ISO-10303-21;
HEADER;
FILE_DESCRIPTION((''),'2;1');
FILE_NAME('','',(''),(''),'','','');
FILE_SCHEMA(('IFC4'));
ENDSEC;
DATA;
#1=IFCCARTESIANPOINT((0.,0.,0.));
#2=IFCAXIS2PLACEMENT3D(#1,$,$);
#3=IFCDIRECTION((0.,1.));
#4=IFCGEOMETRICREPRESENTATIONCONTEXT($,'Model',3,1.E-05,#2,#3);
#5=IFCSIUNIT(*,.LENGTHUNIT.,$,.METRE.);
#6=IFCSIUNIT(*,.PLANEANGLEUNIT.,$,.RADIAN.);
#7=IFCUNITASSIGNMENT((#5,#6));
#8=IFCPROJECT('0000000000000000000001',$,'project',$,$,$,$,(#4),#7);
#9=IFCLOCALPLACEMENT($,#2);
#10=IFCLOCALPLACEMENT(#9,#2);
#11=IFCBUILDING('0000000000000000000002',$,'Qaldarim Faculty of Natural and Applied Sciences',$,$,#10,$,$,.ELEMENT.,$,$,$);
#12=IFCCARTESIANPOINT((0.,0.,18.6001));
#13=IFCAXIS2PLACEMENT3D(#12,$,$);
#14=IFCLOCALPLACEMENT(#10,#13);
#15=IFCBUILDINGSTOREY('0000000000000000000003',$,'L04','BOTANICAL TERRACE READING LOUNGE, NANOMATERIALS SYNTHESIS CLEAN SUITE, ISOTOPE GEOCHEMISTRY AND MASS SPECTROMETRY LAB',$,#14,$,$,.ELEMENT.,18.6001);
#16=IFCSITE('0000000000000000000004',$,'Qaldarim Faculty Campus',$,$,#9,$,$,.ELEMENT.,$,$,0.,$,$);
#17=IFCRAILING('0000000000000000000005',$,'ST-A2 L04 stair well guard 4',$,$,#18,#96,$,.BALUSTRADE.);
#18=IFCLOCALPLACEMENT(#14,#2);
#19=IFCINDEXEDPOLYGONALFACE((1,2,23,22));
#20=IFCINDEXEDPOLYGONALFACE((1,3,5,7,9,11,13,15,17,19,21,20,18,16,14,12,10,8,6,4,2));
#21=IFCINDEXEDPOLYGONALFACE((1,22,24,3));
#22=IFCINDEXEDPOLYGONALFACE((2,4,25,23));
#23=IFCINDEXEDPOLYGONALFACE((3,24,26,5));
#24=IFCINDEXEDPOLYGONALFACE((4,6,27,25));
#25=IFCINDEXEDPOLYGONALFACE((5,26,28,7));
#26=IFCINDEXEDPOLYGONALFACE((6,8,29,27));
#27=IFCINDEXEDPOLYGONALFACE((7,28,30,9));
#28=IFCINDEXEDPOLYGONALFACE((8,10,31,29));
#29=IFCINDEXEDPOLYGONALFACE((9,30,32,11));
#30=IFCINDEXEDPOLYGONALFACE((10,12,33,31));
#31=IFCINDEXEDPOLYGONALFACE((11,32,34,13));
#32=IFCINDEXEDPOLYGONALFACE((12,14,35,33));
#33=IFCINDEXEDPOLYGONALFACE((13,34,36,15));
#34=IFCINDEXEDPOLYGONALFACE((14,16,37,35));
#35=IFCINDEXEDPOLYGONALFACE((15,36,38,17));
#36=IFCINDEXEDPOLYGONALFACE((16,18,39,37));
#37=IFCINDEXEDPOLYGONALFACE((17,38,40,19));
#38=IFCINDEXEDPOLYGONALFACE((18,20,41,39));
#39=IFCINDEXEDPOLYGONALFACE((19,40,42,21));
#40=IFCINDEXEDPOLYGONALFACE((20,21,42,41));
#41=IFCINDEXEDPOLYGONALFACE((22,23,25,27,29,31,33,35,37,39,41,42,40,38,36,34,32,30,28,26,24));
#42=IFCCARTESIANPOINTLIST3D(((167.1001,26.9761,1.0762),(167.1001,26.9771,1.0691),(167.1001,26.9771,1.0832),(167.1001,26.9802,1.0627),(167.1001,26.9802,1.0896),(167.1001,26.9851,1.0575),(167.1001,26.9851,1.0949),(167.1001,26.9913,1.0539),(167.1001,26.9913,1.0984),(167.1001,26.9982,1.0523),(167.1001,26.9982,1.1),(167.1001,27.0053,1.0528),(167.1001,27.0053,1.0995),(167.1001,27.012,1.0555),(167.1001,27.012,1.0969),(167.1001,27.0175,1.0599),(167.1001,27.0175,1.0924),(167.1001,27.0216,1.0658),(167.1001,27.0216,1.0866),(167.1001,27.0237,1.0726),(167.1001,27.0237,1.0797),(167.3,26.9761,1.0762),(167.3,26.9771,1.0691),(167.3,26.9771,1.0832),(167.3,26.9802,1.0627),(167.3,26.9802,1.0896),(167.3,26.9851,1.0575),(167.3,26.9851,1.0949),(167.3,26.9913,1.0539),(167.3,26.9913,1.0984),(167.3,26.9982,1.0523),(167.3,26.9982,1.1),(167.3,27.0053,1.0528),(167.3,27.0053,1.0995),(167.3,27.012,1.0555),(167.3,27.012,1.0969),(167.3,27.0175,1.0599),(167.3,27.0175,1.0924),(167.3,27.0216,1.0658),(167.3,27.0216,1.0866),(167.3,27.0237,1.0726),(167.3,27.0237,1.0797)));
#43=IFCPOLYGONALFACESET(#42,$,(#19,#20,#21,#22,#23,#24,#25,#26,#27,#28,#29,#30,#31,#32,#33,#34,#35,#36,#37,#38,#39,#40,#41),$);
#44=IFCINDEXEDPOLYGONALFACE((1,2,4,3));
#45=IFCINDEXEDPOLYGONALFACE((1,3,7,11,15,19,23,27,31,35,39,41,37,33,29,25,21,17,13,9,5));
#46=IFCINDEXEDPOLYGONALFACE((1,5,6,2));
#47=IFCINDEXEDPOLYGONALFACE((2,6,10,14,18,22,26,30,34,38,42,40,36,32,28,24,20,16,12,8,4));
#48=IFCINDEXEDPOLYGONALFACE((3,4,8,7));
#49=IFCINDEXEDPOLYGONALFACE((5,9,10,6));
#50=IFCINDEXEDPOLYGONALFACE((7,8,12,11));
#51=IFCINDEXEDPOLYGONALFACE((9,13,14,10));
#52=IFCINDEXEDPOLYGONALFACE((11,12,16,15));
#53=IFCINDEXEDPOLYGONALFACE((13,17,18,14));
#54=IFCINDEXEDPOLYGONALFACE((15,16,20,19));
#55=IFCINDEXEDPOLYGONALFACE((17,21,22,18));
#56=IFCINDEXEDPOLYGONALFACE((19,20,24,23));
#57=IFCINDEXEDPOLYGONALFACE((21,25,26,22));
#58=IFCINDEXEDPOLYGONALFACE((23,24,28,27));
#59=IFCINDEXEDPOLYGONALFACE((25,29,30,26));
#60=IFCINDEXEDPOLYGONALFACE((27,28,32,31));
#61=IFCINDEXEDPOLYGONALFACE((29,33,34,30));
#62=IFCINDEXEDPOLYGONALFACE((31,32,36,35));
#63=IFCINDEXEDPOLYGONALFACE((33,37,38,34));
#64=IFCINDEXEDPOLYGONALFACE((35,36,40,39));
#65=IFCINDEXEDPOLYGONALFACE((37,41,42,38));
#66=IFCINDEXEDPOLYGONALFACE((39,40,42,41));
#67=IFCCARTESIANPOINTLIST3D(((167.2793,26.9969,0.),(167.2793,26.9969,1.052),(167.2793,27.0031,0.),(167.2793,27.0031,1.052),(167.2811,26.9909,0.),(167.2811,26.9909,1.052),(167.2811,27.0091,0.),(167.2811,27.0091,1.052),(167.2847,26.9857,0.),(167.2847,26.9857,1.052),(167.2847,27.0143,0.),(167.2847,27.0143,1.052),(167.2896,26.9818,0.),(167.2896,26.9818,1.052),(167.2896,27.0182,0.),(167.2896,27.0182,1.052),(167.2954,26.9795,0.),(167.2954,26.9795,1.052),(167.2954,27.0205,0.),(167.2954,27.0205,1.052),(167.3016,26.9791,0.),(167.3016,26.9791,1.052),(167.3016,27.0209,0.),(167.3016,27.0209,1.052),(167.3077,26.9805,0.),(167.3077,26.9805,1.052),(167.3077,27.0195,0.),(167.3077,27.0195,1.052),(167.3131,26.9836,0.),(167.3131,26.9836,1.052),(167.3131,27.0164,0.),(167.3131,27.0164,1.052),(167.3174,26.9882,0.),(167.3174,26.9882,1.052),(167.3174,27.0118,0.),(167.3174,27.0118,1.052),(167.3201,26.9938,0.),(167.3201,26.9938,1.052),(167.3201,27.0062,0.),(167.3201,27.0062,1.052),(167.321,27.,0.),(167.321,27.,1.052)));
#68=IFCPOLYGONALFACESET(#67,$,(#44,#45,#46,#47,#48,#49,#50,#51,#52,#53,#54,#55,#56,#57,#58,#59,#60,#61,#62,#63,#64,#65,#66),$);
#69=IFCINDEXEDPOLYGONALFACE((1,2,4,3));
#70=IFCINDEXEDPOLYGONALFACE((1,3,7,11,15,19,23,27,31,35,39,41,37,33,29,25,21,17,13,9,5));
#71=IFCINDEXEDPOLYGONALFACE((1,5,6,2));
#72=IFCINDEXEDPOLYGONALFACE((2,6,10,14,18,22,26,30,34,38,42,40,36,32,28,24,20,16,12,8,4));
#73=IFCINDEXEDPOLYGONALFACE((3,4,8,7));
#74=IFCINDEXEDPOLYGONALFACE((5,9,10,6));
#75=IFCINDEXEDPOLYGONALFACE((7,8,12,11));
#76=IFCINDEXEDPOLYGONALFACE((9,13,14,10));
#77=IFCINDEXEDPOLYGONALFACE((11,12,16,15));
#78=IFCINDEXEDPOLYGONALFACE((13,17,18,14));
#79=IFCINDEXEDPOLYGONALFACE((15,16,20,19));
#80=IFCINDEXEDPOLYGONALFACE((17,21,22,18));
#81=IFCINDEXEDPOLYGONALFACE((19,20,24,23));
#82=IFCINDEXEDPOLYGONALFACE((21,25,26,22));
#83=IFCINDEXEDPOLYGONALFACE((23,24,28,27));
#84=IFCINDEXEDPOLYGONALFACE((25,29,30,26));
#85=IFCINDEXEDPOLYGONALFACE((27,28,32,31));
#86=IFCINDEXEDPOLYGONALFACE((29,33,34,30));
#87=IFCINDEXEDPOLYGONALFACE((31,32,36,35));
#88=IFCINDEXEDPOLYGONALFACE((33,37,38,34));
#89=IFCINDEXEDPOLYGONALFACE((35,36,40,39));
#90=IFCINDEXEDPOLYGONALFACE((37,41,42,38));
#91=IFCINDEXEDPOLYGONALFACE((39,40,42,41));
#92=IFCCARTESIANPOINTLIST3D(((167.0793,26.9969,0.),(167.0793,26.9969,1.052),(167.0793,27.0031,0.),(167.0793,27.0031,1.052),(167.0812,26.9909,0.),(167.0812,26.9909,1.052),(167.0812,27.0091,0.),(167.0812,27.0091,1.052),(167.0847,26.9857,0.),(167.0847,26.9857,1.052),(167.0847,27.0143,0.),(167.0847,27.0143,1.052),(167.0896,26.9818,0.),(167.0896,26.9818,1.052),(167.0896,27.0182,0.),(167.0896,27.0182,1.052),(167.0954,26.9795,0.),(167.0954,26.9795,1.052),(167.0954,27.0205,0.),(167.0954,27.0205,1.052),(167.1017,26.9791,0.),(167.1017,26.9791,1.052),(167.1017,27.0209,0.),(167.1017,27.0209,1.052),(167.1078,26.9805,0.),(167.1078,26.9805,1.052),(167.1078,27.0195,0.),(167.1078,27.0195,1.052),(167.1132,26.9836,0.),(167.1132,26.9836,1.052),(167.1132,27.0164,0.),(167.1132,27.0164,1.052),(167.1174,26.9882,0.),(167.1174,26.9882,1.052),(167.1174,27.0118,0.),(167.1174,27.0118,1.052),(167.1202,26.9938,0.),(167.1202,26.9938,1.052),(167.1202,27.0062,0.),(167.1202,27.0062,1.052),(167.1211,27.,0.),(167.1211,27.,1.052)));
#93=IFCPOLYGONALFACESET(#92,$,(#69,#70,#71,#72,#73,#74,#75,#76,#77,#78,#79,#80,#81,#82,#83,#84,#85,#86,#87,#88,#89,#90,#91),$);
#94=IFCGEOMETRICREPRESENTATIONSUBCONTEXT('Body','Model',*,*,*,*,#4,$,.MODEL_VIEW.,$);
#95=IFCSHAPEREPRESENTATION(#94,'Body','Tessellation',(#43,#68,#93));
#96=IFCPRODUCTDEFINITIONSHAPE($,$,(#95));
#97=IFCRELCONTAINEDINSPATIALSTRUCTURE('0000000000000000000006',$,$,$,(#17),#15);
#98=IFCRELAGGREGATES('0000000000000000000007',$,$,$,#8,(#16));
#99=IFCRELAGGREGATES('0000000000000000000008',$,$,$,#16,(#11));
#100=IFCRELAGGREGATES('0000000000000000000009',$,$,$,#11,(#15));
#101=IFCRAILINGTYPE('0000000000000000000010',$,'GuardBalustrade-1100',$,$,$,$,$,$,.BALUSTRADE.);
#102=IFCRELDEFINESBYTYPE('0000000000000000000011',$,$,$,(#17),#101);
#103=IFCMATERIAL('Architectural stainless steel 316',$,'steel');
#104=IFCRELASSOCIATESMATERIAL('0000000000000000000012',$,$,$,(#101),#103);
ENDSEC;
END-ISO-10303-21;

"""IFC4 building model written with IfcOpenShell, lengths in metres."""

from ifc_helpers import new_model, si_unit, direction, frame, origin, origin_2d, place, context, subcontext, project, spatial, circle, extrude, material, type_object, element, save


model = new_model("IFC4")

# Units and contexts
model_context = context("Model", 3, precision=1e-05, world=origin(), true_north=direction((0.0, 1.0)))
body_context = subcontext(model_context, "Body", "Model", "MODEL_VIEW")
ifc_project = project(units=[si_unit("LENGTHUNIT", "METRE"), si_unit("PLANEANGLEUNIT", "RADIAN")], contexts=[model_context])

# Site, building, storey
site_placement = place(None, origin())
site = spatial("IfcSite", under=ifc_project, at=site_placement, Name="Qaldarim Faculty Campus", CompositionType="ELEMENT", RefElevation=0.0)
building_placement = place(site_placement, origin())
building = spatial("IfcBuilding", under=site, at=building_placement, Name="Qaldarim Faculty of Natural and Applied Sciences", CompositionType="ELEMENT")
storey_placement = place(building_placement, frame((0.0, 0.0, 18.6001)))
storey = spatial("IfcBuildingStorey", under=building, at=storey_placement, Name="L04", Description="BOTANICAL TERRACE READING LOUNGE, NANOMATERIALS SYNTHESIS CLEAN SUITE, ISOTOPE GEOCHEMISTRY AND MASS SPECTROMETRY LAB", CompositionType="ELEMENT", Elevation=18.6001)

# Shared definitions
ifc_material_1 = material(Name="Architectural stainless steel 316", Category="steel")

# Railing
railing_type_1 = type_object("IfcRailingType", Name="GuardBalustrade-1100", PredefinedType="BALUSTRADE", material=ifc_material_1)
railing_1_placement = place(storey_placement, frame((167.3, 27.0, 0.0)))
element("IfcRailing", 1, at=railing_1_placement, inside=storey, type_object=railing_type_1, Name="ST-A2 L04 stair well guard 4", PredefinedType="BALUSTRADE", context=body_context, shape_type="SweptSolid", body=[
    extrude(circle(Radius=0.0239, at=origin_2d()), frame((0.0, 0.0, 1.0762), z_axis=(-1.0, 0.0, 0.0), x_axis=(0.0, -1.0, 0.0)), (0.0, 0.0, 1.0), 0.2),
    extrude(circle(Radius=0.021, at=origin_2d()), origin(), (0.0, 0.0, 1.0), 1.052),
    extrude(circle(Radius=0.021, at=origin_2d()), frame((-0.2, 0.0, 0.0)), (0.0, 0.0, 1.0), 1.052),
])

save(model, "model.ifc")
